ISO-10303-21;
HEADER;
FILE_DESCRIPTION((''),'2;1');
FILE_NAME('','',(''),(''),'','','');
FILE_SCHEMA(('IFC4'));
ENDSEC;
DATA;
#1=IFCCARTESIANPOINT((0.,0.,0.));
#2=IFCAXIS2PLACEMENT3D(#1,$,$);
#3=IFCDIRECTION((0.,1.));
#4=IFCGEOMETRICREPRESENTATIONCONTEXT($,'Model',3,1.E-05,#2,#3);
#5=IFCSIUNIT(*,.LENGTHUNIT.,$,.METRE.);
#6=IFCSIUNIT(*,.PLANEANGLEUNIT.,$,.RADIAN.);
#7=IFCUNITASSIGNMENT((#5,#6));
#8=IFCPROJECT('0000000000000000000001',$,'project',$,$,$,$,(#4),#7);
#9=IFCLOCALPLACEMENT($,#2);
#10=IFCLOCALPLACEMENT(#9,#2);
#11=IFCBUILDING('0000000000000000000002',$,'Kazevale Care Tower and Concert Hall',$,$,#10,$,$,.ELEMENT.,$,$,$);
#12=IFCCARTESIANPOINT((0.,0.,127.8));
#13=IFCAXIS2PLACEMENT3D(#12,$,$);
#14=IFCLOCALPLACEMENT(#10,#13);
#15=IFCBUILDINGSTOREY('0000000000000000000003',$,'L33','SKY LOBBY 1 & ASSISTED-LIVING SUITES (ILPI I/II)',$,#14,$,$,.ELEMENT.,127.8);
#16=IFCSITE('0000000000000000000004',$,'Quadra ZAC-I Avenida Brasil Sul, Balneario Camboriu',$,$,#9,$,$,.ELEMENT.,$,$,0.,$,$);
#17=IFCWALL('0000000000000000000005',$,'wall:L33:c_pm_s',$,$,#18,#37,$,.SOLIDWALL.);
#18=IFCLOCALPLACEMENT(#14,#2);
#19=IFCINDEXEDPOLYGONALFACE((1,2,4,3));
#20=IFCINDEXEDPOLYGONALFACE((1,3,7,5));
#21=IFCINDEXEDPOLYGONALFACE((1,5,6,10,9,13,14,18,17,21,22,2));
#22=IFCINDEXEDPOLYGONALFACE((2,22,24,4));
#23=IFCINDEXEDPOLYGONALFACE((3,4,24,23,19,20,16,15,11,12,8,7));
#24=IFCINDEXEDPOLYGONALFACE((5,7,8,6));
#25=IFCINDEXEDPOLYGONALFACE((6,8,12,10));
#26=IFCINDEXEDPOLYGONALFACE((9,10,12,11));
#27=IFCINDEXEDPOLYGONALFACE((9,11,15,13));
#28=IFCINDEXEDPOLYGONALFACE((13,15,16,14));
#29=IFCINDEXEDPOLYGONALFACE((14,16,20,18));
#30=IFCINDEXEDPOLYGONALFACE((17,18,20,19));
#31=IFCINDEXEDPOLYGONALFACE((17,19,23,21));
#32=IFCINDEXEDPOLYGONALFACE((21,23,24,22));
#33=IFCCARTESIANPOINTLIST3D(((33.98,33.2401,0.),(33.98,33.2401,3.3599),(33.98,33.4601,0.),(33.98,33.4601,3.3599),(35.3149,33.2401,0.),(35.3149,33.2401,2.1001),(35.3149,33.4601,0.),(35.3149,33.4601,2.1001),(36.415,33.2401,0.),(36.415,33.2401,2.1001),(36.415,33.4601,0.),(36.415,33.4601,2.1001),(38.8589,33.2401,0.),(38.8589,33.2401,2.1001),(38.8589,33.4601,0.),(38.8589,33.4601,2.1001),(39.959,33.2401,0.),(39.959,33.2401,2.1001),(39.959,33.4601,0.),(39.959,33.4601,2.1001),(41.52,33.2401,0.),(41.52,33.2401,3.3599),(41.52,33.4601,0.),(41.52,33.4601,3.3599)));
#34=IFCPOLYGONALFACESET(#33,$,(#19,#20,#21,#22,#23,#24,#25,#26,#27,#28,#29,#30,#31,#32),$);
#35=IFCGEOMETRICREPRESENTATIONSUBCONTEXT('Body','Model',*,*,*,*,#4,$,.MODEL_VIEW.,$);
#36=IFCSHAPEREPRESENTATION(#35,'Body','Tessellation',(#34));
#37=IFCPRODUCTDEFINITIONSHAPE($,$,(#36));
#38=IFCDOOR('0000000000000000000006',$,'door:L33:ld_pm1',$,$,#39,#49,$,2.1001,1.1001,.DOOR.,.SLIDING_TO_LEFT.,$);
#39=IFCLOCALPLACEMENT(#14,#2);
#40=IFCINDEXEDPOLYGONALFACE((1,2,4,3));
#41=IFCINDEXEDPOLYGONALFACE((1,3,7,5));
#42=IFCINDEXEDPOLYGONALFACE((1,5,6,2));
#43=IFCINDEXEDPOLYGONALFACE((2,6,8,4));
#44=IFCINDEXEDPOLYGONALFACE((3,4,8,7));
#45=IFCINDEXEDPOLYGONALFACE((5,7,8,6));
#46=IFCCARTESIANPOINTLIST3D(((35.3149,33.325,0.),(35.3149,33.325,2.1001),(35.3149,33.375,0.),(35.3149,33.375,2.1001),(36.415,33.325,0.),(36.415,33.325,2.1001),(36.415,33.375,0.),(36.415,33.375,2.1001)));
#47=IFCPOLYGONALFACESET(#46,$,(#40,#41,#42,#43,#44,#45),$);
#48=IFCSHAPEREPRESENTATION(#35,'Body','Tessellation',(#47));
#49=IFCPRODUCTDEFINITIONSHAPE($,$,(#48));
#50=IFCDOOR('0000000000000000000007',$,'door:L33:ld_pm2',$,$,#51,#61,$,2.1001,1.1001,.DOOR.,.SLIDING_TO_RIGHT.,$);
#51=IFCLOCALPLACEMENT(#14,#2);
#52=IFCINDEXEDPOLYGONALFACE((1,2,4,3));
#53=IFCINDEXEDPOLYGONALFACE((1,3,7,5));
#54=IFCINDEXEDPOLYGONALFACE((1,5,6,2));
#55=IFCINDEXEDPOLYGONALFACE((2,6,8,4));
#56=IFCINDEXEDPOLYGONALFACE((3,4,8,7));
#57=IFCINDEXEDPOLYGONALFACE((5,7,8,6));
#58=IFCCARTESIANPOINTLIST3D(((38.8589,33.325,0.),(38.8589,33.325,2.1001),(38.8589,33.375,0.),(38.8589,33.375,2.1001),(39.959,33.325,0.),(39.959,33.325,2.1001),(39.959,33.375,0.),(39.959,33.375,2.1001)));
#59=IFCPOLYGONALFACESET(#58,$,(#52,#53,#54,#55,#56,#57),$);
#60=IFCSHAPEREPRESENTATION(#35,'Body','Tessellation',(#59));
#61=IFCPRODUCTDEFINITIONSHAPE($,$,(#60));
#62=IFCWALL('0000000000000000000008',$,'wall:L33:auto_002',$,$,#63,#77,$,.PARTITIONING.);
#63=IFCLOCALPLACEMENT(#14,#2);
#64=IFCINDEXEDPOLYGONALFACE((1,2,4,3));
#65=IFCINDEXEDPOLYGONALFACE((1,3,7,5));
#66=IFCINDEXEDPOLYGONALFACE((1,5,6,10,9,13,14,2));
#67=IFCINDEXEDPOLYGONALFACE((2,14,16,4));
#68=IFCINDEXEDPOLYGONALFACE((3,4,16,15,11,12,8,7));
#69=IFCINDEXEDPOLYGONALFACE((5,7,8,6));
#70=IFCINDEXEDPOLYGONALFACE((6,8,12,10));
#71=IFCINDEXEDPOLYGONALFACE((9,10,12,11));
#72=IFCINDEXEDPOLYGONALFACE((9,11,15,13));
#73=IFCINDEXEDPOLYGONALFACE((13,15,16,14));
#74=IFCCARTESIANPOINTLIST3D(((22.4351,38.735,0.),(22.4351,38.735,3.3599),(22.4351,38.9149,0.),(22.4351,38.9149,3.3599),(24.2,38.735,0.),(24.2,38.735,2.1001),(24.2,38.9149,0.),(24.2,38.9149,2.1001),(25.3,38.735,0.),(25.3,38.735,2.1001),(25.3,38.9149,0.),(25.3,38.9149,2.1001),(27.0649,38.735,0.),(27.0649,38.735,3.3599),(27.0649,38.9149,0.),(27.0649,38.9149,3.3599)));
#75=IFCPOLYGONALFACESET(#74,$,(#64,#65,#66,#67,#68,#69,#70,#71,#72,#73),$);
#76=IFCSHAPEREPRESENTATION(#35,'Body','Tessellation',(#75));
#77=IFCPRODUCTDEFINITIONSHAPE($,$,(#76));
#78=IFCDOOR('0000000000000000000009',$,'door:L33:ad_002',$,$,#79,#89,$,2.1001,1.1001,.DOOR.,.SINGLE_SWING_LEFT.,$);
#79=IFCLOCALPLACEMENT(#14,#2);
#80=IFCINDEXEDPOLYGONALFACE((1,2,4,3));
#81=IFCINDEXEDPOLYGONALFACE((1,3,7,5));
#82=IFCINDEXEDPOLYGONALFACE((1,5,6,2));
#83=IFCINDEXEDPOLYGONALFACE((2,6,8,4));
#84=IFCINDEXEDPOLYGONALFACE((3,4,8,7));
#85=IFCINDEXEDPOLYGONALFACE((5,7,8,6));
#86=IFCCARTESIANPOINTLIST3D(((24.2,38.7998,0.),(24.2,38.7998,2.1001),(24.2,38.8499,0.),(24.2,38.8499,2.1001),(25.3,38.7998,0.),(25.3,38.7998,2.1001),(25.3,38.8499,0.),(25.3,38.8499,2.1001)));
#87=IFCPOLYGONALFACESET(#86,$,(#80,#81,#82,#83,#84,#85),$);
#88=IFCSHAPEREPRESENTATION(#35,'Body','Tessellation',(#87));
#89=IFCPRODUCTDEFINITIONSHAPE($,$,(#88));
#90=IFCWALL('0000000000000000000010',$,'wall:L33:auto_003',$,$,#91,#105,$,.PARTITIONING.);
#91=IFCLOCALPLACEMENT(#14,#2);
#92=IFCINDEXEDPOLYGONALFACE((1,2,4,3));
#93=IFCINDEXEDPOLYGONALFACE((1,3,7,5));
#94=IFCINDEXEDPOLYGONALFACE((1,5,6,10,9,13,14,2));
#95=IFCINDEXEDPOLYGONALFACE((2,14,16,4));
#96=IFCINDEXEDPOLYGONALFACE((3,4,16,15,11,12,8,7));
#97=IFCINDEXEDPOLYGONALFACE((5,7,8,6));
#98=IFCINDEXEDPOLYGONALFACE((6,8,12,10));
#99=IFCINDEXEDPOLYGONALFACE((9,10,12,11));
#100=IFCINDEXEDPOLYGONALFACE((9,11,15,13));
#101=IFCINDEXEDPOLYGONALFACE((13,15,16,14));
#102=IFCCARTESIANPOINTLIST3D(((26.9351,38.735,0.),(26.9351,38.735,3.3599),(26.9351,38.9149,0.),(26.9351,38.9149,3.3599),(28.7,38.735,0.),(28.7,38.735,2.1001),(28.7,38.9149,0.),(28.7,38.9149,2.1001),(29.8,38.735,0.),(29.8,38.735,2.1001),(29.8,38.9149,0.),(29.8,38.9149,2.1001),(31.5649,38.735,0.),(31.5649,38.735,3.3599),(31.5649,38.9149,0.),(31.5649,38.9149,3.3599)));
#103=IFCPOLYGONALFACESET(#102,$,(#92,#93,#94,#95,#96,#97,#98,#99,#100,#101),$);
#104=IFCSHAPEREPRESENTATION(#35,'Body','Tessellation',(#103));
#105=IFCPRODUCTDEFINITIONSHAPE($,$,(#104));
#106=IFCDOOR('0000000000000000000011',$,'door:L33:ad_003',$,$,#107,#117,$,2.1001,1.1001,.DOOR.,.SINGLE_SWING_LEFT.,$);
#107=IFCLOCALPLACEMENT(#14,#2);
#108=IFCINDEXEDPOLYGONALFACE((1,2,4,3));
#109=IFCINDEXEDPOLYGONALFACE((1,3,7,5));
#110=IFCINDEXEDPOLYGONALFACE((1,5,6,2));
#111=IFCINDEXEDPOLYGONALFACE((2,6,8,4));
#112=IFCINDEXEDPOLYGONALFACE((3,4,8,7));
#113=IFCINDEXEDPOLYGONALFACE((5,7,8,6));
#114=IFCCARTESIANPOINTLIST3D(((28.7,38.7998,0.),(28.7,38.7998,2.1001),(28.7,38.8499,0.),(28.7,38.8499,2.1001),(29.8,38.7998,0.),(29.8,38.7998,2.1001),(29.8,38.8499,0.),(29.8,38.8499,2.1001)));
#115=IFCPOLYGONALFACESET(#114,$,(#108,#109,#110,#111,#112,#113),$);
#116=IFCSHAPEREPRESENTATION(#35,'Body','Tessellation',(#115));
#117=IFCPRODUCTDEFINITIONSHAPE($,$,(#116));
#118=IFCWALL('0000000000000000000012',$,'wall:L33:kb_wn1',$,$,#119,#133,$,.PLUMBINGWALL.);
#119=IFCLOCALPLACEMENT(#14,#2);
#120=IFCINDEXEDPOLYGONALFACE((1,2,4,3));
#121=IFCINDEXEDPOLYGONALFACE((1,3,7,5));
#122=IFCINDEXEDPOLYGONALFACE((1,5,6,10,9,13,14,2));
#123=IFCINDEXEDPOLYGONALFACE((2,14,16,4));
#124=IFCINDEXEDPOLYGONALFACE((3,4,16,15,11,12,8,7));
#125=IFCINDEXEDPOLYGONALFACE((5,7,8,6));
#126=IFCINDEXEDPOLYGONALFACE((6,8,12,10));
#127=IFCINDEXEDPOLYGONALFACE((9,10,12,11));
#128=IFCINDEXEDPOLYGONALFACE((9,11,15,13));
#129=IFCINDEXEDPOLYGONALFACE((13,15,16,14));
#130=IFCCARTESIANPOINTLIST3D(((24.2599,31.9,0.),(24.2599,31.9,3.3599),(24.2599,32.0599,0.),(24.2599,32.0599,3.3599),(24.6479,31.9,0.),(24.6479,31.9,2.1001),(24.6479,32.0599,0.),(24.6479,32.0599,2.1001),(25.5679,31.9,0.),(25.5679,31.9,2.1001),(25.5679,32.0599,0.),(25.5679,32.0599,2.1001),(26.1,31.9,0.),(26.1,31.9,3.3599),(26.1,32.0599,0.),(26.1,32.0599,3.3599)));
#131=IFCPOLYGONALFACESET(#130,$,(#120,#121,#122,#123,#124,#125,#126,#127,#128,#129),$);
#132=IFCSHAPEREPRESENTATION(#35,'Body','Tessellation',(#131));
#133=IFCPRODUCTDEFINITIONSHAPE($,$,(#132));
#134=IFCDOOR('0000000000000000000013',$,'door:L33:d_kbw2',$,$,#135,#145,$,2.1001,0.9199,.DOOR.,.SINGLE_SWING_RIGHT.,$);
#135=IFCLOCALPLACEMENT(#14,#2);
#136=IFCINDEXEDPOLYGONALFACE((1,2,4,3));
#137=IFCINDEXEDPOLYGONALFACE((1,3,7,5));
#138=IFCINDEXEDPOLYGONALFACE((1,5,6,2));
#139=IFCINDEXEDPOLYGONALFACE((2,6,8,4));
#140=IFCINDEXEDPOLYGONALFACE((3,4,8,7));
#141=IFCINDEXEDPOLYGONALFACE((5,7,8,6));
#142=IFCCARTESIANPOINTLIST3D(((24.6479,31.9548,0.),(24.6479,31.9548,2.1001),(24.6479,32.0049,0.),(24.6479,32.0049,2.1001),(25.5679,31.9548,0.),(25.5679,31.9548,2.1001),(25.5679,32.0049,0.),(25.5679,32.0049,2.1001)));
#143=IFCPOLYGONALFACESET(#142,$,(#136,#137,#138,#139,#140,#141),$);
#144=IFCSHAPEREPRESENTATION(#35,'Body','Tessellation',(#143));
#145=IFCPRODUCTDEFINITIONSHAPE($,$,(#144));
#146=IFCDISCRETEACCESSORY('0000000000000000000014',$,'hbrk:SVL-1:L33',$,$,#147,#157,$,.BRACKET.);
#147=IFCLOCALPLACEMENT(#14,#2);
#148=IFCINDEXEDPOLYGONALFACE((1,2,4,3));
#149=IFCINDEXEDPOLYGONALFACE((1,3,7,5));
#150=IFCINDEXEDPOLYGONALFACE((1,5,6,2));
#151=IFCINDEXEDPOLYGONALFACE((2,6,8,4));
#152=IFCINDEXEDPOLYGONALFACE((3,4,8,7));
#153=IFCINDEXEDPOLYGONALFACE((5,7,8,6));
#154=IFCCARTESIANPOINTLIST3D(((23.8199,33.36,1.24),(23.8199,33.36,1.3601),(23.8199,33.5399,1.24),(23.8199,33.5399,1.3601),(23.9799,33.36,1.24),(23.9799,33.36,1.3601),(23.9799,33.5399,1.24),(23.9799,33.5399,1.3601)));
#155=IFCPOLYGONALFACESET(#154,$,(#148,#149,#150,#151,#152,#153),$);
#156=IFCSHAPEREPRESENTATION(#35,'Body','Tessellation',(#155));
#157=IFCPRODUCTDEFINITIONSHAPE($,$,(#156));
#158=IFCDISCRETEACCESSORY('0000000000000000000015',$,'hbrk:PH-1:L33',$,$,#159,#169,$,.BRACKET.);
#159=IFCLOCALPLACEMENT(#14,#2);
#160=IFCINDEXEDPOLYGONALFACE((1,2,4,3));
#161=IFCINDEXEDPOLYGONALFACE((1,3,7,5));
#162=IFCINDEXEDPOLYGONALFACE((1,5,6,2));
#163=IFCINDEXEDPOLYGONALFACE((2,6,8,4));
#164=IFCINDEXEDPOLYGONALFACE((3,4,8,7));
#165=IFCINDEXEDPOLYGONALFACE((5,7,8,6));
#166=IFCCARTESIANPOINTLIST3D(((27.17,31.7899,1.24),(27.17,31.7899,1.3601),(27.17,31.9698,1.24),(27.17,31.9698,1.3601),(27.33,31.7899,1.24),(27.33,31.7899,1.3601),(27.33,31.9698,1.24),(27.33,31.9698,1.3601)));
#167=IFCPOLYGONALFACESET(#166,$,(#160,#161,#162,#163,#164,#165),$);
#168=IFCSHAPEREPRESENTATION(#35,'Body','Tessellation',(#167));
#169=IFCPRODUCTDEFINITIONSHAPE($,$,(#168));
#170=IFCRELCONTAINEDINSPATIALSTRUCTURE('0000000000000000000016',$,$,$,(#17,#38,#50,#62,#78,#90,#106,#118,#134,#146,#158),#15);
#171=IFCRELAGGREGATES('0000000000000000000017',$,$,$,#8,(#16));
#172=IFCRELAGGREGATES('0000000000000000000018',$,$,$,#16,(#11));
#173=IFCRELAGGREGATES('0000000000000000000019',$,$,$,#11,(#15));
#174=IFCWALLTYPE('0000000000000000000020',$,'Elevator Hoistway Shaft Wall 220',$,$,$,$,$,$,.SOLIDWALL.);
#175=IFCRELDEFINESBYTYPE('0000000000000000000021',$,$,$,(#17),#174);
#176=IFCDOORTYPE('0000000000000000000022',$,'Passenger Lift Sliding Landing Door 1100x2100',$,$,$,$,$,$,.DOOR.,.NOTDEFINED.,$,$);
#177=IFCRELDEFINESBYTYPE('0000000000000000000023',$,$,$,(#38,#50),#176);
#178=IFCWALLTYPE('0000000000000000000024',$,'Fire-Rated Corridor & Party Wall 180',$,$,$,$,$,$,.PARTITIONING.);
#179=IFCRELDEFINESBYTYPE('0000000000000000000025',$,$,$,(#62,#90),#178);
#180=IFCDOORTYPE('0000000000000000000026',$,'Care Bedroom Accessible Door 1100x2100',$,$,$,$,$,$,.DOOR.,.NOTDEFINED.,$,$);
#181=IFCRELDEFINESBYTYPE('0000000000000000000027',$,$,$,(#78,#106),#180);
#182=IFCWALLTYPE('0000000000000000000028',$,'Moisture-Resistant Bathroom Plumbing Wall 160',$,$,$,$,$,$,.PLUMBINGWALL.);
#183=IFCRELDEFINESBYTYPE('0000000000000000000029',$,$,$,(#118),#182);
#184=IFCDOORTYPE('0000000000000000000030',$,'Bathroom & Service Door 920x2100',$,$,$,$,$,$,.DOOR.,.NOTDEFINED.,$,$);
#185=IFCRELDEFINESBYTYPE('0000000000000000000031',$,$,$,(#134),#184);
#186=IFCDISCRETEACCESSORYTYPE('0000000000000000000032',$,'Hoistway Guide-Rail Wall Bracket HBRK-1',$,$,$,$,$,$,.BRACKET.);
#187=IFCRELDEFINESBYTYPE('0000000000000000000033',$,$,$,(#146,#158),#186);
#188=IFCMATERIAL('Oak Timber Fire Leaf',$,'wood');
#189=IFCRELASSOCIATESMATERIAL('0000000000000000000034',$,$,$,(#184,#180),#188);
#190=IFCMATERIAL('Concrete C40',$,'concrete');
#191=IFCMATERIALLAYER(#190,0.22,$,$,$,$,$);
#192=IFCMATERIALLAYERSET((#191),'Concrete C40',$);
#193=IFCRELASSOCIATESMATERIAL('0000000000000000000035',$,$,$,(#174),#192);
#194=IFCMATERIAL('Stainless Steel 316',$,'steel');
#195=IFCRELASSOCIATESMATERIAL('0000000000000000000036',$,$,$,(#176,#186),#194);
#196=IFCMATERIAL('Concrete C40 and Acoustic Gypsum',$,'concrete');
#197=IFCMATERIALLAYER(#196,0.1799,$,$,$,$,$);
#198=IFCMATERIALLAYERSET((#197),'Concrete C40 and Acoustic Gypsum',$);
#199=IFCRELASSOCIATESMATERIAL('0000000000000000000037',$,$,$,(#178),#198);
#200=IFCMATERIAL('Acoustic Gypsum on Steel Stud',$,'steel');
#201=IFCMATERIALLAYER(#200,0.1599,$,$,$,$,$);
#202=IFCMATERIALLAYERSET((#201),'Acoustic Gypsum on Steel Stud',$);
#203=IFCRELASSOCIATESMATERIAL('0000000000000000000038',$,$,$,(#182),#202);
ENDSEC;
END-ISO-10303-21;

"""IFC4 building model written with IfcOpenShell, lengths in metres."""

from ifc_helpers import new_model, si_unit, direction, frame, frame_2d, origin, origin_2d, place, context, subcontext, project, spatial, rectangle, extrude, material, layer, layer_set, type_object, element, fill, save


model = new_model("IFC4")

# Units and contexts
model_context = context("Model", 3, precision=1e-05, world=origin(), true_north=direction((0.0, 1.0)))
body_context = subcontext(model_context, "Body", "Model", "MODEL_VIEW")
ifc_project = project(units=[si_unit("LENGTHUNIT", "METRE"), si_unit("PLANEANGLEUNIT", "RADIAN")], contexts=[model_context])

# Site, building, storey
site_placement = place(None, origin())
site = spatial("IfcSite", under=ifc_project, at=site_placement, Name="Quadra ZAC-I Avenida Brasil Sul, Balneario Camboriu", CompositionType="ELEMENT", RefElevation=0.0)
building_placement = place(site_placement, origin())
building = spatial("IfcBuilding", under=site, at=building_placement, Name="Kazevale Care Tower and Concert Hall", CompositionType="ELEMENT")
storey_placement = place(building_placement, frame((0.0, 0.0, 127.8)))
storey = spatial("IfcBuildingStorey", under=building, at=storey_placement, Name="L33", Description="SKY LOBBY 1 & ASSISTED-LIVING SUITES (ILPI I/II)", CompositionType="ELEMENT", Elevation=127.8)

# Shared definitions
ifc_material_1 = material(Name="Acoustic Gypsum on Steel Stud", Category="steel")
ifc_material_2 = material(Name="Oak Timber Fire Leaf", Category="wood")
door_type_1 = type_object("IfcDoorType", Name="Bathroom & Service Door 920x2100", OperationType="NOTDEFINED", PredefinedType="DOOR", material=ifc_material_2)

# Shared definitions
ifc_material_3 = material(Name="Concrete C40", Category="concrete")
ifc_layer_1 = layer(ifc_material_3, 0.22)
ifc_layer_set_1 = layer_set([ifc_layer_1], Name="Concrete C40")
wall_type_1 = type_object("IfcWallType", Name="Elevator Hoistway Shaft Wall 220", PredefinedType="SOLIDWALL", material=ifc_layer_set_1)

# Shared definitions
ifc_material_4 = material(Name="Stainless Steel 316", Category="steel")

# Wall, openings, doors
wall_1_placement = place(storey_placement, frame((33.98, 33.3501, 0.0), z_axis=(0.0, 0.0, 1.0), x_axis=(1.0, 0.0, 0.0)))
wall_1 = element("IfcWall", 1, at=wall_1_placement, inside=storey, type_object=wall_type_1, Name="wall:L33:c_pm_s", PredefinedType="SOLIDWALL", context=body_context, shape_type="SweptSolid", body=[
    extrude(rectangle(XDim=7.54, YDim=0.22, at=frame_2d((3.77, 0.0))), origin(), (0.0, 0.0, 1.0), 3.3599),
])
opening_1_placement = place(wall_1_placement, frame((1.335, 0.0, 0.0)))
opening_1 = element("IfcOpeningElement", 2, at=opening_1_placement, cuts=wall_1, PredefinedType="OPENING", context=body_context, shape_type="SweptSolid", body=[
    extrude(rectangle(XDim=1.1001, YDim=2.1001, at=frame_2d((0.55, 1.05))), frame((0.0, 0.1199, 0.0), z_axis=(0.0, -1.0, 0.0), x_axis=(1.0, 0.0, 0.0)), (0.0, 0.0, 1.0), 0.24),
])
opening_2_placement = place(wall_1_placement, frame((4.8789, 0.0, 0.0)))
opening_2 = element("IfcOpeningElement", 3, at=opening_2_placement, cuts=wall_1, PredefinedType="OPENING", context=body_context, shape_type="SweptSolid", body=[
    extrude(rectangle(XDim=1.1001, YDim=2.1001, at=frame_2d((0.55, 1.05))), frame((0.0, 0.1199, 0.0), z_axis=(0.0, -1.0, 0.0), x_axis=(1.0, 0.0, 0.0)), (0.0, 0.0, 1.0), 0.24),
])
door_type_2 = type_object("IfcDoorType", Name="Passenger Lift Sliding Landing Door 1100x2100", OperationType="NOTDEFINED", PredefinedType="DOOR", material=ifc_material_4)
door_1_placement = place(opening_1_placement, origin())
door_1 = element("IfcDoor", 4, at=door_1_placement, inside=storey, type_object=door_type_2, Name="door:L33:ld_pm1", OperationType="SLIDING_TO_LEFT", OverallHeight=2.1001, OverallWidth=1.1001, PredefinedType="DOOR", context=body_context, shape_type="SweptSolid", body=[
    extrude(rectangle(XDim=1.1001, YDim=2.1001, at=frame_2d((0.55, 1.05))), frame((0.0, 0.0249, 0.0), z_axis=(0.0, -1.0, 0.0), x_axis=(1.0, 0.0, 0.0)), (0.0, 0.0, 1.0), 0.05),
])
fill(opening_1, door_1)
door_2_placement = place(opening_2_placement, origin())
door_2 = element("IfcDoor", 5, at=door_2_placement, inside=storey, type_object=door_type_2, Name="door:L33:ld_pm2", OperationType="SLIDING_TO_RIGHT", OverallHeight=2.1001, OverallWidth=1.1001, PredefinedType="DOOR", context=body_context, shape_type="SweptSolid", body=[
    extrude(rectangle(XDim=1.1001, YDim=2.1001, at=frame_2d((0.55, 1.05))), frame((0.0, 0.0249, 0.0), z_axis=(0.0, -1.0, 0.0), x_axis=(1.0, 0.0, 0.0)), (0.0, 0.0, 1.0), 0.05),
])
fill(opening_2, door_2)

# Walls, openings, doors
ifc_material_5 = material(Name="Concrete C40 and Acoustic Gypsum", Category="concrete")
ifc_layer_2 = layer(ifc_material_5, 0.1799)
ifc_layer_set_2 = layer_set([ifc_layer_2], Name="Concrete C40 and Acoustic Gypsum")
wall_type_2 = type_object("IfcWallType", Name="Fire-Rated Corridor & Party Wall 180", PredefinedType="PARTITIONING", material=ifc_layer_set_2)
wall_2_placement = place(storey_placement, frame((22.4351, 38.825, 0.0), z_axis=(0.0, 0.0, 1.0), x_axis=(1.0, 0.0, 0.0)))
wall_2 = element("IfcWall", 6, at=wall_2_placement, inside=storey, type_object=wall_type_2, Name="wall:L33:auto_002", PredefinedType="PARTITIONING", context=body_context, shape_type="SweptSolid", body=[
    extrude(rectangle(XDim=4.6299, YDim=0.1799, at=frame_2d((2.3149, 0.0))), origin(), (0.0, 0.0, 1.0), 3.3599),
])
opening_3_placement = place(wall_2_placement, frame((1.7649, 0.0, 0.0)))
opening_3 = element("IfcOpeningElement", 7, at=opening_3_placement, cuts=wall_2, PredefinedType="OPENING", context=body_context, shape_type="SweptSolid", body=[
    extrude(rectangle(XDim=1.1001, YDim=2.1001, at=frame_2d((0.55, 1.05))), frame((0.0, 0.0999, 0.0), z_axis=(0.0, -1.0, 0.0), x_axis=(1.0, 0.0, 0.0)), (0.0, 0.0, 1.0), 0.2),
])
door_type_3 = type_object("IfcDoorType", Name="Care Bedroom Accessible Door 1100x2100", OperationType="NOTDEFINED", PredefinedType="DOOR", material=ifc_material_2)
door_3_placement = place(opening_3_placement, origin())
door_3 = element("IfcDoor", 8, at=door_3_placement, inside=storey, type_object=door_type_3, Name="door:L33:ad_002", OperationType="SINGLE_SWING_LEFT", OverallHeight=2.1001, OverallWidth=1.1001, PredefinedType="DOOR", context=body_context, shape_type="SweptSolid", body=[
    extrude(rectangle(XDim=1.1001, YDim=2.1001, at=frame_2d((0.55, 1.05))), frame((0.0, 0.0249, 0.0), z_axis=(0.0, -1.0, 0.0), x_axis=(1.0, 0.0, 0.0)), (0.0, 0.0, 1.0), 0.05),
])
fill(opening_3, door_3)
wall_3_placement = place(storey_placement, frame((26.9351, 38.825, 0.0), z_axis=(0.0, 0.0, 1.0), x_axis=(1.0, 0.0, 0.0)))
wall_3 = element("IfcWall", 9, at=wall_3_placement, inside=storey, type_object=wall_type_2, Name="wall:L33:auto_003", PredefinedType="PARTITIONING", context=body_context, shape_type="SweptSolid", body=[
    extrude(rectangle(XDim=4.6299, YDim=0.1799, at=frame_2d((2.3149, 0.0))), origin(), (0.0, 0.0, 1.0), 3.3599),
])
opening_4_placement = place(wall_3_placement, frame((1.7649, 0.0, 0.0)))
opening_4 = element("IfcOpeningElement", 10, at=opening_4_placement, cuts=wall_3, PredefinedType="OPENING", context=body_context, shape_type="SweptSolid", body=[
    extrude(rectangle(XDim=1.1001, YDim=2.1001, at=frame_2d((0.55, 1.05))), frame((0.0, 0.0999, 0.0), z_axis=(0.0, -1.0, 0.0), x_axis=(1.0, 0.0, 0.0)), (0.0, 0.0, 1.0), 0.2),
])
door_4_placement = place(opening_4_placement, origin())
door_4 = element("IfcDoor", 11, at=door_4_placement, inside=storey, type_object=door_type_3, Name="door:L33:ad_003", OperationType="SINGLE_SWING_LEFT", OverallHeight=2.1001, OverallWidth=1.1001, PredefinedType="DOOR", context=body_context, shape_type="SweptSolid", body=[
    extrude(rectangle(XDim=1.1001, YDim=2.1001, at=frame_2d((0.55, 1.05))), frame((0.0, 0.0249, 0.0), z_axis=(0.0, -1.0, 0.0), x_axis=(1.0, 0.0, 0.0)), (0.0, 0.0, 1.0), 0.05),
])
fill(opening_4, door_4)
ifc_layer_3 = layer(ifc_material_1, 0.1599)
ifc_layer_set_3 = layer_set([ifc_layer_3], Name="Acoustic Gypsum on Steel Stud")
wall_type_3 = type_object("IfcWallType", Name="Moisture-Resistant Bathroom Plumbing Wall 160", PredefinedType="PLUMBINGWALL", material=ifc_layer_set_3)
wall_4_placement = place(storey_placement, frame((24.26, 31.98, 0.0), z_axis=(0.0, 0.0, 1.0), x_axis=(1.0, 0.0, 0.0)))
wall_4 = element("IfcWall", 12, at=wall_4_placement, inside=storey, type_object=wall_type_3, Name="wall:L33:kb_wn1", PredefinedType="PLUMBINGWALL", context=body_context, shape_type="SweptSolid", body=[
    extrude(rectangle(XDim=1.8401, YDim=0.1599, at=frame_2d((0.9199, 0.0))), origin(), (0.0, 0.0, 1.0), 3.3599),
])
opening_5_placement = place(wall_4_placement, frame((0.3879, 0.0, 0.0)))
opening_5 = element("IfcOpeningElement", 13, at=opening_5_placement, cuts=wall_4, PredefinedType="OPENING", context=body_context, shape_type="SweptSolid", body=[
    extrude(rectangle(XDim=0.9199, YDim=2.1001, at=frame_2d((0.46, 1.05))), frame((0.0, 0.0898, 0.0), z_axis=(0.0, -1.0, 0.0), x_axis=(1.0, 0.0, 0.0)), (0.0, 0.0, 1.0), 0.1799),
])
door_5_placement = place(opening_5_placement, origin())
door_5 = element("IfcDoor", 14, at=door_5_placement, inside=storey, type_object=door_type_1, Name="door:L33:d_kbw2", OperationType="SINGLE_SWING_RIGHT", OverallHeight=2.1001, OverallWidth=0.9199, PredefinedType="DOOR", context=body_context, shape_type="SweptSolid", body=[
    extrude(rectangle(XDim=0.9199, YDim=2.1001, at=frame_2d((0.46, 1.05))), frame((0.0, 0.0249, 0.0), z_axis=(0.0, -1.0, 0.0), x_axis=(1.0, 0.0, 0.0)), (0.0, 0.0, 1.0), 0.05),
])
fill(opening_5, door_5)

# Discrete accessories
discrete_accessory_type = type_object("IfcDiscreteAccessoryType", Name="Hoistway Guide-Rail Wall Bracket HBRK-1", PredefinedType="BRACKET", material=ifc_material_4)
for number, where, z_axis, x_axis, name in (
    (15, (23.8999, 33.45, 1.24), (0.0, 0.0, 1.0), (1.0, 0.0, 0.0), "hbrk:SVL-1:L33"),
    (16, (27.25, 31.8799, 1.24), (0.0, 0.0, 1.0), (1.0, 0.0, 0.0), "hbrk:PH-1:L33"),
):
    element("IfcDiscreteAccessory", number, at=place(storey_placement, frame(where, z_axis=z_axis, x_axis=x_axis)), inside=storey, type_object=discrete_accessory_type, Name=name, PredefinedType="BRACKET", context=body_context, shape_type="SweptSolid", body=[
        extrude(rectangle(XDim=0.1599, YDim=0.1799, at=origin_2d()), origin(), (0.0, 0.0, 1.0), 0.1201),
    ])

save(model, "model.ifc")
